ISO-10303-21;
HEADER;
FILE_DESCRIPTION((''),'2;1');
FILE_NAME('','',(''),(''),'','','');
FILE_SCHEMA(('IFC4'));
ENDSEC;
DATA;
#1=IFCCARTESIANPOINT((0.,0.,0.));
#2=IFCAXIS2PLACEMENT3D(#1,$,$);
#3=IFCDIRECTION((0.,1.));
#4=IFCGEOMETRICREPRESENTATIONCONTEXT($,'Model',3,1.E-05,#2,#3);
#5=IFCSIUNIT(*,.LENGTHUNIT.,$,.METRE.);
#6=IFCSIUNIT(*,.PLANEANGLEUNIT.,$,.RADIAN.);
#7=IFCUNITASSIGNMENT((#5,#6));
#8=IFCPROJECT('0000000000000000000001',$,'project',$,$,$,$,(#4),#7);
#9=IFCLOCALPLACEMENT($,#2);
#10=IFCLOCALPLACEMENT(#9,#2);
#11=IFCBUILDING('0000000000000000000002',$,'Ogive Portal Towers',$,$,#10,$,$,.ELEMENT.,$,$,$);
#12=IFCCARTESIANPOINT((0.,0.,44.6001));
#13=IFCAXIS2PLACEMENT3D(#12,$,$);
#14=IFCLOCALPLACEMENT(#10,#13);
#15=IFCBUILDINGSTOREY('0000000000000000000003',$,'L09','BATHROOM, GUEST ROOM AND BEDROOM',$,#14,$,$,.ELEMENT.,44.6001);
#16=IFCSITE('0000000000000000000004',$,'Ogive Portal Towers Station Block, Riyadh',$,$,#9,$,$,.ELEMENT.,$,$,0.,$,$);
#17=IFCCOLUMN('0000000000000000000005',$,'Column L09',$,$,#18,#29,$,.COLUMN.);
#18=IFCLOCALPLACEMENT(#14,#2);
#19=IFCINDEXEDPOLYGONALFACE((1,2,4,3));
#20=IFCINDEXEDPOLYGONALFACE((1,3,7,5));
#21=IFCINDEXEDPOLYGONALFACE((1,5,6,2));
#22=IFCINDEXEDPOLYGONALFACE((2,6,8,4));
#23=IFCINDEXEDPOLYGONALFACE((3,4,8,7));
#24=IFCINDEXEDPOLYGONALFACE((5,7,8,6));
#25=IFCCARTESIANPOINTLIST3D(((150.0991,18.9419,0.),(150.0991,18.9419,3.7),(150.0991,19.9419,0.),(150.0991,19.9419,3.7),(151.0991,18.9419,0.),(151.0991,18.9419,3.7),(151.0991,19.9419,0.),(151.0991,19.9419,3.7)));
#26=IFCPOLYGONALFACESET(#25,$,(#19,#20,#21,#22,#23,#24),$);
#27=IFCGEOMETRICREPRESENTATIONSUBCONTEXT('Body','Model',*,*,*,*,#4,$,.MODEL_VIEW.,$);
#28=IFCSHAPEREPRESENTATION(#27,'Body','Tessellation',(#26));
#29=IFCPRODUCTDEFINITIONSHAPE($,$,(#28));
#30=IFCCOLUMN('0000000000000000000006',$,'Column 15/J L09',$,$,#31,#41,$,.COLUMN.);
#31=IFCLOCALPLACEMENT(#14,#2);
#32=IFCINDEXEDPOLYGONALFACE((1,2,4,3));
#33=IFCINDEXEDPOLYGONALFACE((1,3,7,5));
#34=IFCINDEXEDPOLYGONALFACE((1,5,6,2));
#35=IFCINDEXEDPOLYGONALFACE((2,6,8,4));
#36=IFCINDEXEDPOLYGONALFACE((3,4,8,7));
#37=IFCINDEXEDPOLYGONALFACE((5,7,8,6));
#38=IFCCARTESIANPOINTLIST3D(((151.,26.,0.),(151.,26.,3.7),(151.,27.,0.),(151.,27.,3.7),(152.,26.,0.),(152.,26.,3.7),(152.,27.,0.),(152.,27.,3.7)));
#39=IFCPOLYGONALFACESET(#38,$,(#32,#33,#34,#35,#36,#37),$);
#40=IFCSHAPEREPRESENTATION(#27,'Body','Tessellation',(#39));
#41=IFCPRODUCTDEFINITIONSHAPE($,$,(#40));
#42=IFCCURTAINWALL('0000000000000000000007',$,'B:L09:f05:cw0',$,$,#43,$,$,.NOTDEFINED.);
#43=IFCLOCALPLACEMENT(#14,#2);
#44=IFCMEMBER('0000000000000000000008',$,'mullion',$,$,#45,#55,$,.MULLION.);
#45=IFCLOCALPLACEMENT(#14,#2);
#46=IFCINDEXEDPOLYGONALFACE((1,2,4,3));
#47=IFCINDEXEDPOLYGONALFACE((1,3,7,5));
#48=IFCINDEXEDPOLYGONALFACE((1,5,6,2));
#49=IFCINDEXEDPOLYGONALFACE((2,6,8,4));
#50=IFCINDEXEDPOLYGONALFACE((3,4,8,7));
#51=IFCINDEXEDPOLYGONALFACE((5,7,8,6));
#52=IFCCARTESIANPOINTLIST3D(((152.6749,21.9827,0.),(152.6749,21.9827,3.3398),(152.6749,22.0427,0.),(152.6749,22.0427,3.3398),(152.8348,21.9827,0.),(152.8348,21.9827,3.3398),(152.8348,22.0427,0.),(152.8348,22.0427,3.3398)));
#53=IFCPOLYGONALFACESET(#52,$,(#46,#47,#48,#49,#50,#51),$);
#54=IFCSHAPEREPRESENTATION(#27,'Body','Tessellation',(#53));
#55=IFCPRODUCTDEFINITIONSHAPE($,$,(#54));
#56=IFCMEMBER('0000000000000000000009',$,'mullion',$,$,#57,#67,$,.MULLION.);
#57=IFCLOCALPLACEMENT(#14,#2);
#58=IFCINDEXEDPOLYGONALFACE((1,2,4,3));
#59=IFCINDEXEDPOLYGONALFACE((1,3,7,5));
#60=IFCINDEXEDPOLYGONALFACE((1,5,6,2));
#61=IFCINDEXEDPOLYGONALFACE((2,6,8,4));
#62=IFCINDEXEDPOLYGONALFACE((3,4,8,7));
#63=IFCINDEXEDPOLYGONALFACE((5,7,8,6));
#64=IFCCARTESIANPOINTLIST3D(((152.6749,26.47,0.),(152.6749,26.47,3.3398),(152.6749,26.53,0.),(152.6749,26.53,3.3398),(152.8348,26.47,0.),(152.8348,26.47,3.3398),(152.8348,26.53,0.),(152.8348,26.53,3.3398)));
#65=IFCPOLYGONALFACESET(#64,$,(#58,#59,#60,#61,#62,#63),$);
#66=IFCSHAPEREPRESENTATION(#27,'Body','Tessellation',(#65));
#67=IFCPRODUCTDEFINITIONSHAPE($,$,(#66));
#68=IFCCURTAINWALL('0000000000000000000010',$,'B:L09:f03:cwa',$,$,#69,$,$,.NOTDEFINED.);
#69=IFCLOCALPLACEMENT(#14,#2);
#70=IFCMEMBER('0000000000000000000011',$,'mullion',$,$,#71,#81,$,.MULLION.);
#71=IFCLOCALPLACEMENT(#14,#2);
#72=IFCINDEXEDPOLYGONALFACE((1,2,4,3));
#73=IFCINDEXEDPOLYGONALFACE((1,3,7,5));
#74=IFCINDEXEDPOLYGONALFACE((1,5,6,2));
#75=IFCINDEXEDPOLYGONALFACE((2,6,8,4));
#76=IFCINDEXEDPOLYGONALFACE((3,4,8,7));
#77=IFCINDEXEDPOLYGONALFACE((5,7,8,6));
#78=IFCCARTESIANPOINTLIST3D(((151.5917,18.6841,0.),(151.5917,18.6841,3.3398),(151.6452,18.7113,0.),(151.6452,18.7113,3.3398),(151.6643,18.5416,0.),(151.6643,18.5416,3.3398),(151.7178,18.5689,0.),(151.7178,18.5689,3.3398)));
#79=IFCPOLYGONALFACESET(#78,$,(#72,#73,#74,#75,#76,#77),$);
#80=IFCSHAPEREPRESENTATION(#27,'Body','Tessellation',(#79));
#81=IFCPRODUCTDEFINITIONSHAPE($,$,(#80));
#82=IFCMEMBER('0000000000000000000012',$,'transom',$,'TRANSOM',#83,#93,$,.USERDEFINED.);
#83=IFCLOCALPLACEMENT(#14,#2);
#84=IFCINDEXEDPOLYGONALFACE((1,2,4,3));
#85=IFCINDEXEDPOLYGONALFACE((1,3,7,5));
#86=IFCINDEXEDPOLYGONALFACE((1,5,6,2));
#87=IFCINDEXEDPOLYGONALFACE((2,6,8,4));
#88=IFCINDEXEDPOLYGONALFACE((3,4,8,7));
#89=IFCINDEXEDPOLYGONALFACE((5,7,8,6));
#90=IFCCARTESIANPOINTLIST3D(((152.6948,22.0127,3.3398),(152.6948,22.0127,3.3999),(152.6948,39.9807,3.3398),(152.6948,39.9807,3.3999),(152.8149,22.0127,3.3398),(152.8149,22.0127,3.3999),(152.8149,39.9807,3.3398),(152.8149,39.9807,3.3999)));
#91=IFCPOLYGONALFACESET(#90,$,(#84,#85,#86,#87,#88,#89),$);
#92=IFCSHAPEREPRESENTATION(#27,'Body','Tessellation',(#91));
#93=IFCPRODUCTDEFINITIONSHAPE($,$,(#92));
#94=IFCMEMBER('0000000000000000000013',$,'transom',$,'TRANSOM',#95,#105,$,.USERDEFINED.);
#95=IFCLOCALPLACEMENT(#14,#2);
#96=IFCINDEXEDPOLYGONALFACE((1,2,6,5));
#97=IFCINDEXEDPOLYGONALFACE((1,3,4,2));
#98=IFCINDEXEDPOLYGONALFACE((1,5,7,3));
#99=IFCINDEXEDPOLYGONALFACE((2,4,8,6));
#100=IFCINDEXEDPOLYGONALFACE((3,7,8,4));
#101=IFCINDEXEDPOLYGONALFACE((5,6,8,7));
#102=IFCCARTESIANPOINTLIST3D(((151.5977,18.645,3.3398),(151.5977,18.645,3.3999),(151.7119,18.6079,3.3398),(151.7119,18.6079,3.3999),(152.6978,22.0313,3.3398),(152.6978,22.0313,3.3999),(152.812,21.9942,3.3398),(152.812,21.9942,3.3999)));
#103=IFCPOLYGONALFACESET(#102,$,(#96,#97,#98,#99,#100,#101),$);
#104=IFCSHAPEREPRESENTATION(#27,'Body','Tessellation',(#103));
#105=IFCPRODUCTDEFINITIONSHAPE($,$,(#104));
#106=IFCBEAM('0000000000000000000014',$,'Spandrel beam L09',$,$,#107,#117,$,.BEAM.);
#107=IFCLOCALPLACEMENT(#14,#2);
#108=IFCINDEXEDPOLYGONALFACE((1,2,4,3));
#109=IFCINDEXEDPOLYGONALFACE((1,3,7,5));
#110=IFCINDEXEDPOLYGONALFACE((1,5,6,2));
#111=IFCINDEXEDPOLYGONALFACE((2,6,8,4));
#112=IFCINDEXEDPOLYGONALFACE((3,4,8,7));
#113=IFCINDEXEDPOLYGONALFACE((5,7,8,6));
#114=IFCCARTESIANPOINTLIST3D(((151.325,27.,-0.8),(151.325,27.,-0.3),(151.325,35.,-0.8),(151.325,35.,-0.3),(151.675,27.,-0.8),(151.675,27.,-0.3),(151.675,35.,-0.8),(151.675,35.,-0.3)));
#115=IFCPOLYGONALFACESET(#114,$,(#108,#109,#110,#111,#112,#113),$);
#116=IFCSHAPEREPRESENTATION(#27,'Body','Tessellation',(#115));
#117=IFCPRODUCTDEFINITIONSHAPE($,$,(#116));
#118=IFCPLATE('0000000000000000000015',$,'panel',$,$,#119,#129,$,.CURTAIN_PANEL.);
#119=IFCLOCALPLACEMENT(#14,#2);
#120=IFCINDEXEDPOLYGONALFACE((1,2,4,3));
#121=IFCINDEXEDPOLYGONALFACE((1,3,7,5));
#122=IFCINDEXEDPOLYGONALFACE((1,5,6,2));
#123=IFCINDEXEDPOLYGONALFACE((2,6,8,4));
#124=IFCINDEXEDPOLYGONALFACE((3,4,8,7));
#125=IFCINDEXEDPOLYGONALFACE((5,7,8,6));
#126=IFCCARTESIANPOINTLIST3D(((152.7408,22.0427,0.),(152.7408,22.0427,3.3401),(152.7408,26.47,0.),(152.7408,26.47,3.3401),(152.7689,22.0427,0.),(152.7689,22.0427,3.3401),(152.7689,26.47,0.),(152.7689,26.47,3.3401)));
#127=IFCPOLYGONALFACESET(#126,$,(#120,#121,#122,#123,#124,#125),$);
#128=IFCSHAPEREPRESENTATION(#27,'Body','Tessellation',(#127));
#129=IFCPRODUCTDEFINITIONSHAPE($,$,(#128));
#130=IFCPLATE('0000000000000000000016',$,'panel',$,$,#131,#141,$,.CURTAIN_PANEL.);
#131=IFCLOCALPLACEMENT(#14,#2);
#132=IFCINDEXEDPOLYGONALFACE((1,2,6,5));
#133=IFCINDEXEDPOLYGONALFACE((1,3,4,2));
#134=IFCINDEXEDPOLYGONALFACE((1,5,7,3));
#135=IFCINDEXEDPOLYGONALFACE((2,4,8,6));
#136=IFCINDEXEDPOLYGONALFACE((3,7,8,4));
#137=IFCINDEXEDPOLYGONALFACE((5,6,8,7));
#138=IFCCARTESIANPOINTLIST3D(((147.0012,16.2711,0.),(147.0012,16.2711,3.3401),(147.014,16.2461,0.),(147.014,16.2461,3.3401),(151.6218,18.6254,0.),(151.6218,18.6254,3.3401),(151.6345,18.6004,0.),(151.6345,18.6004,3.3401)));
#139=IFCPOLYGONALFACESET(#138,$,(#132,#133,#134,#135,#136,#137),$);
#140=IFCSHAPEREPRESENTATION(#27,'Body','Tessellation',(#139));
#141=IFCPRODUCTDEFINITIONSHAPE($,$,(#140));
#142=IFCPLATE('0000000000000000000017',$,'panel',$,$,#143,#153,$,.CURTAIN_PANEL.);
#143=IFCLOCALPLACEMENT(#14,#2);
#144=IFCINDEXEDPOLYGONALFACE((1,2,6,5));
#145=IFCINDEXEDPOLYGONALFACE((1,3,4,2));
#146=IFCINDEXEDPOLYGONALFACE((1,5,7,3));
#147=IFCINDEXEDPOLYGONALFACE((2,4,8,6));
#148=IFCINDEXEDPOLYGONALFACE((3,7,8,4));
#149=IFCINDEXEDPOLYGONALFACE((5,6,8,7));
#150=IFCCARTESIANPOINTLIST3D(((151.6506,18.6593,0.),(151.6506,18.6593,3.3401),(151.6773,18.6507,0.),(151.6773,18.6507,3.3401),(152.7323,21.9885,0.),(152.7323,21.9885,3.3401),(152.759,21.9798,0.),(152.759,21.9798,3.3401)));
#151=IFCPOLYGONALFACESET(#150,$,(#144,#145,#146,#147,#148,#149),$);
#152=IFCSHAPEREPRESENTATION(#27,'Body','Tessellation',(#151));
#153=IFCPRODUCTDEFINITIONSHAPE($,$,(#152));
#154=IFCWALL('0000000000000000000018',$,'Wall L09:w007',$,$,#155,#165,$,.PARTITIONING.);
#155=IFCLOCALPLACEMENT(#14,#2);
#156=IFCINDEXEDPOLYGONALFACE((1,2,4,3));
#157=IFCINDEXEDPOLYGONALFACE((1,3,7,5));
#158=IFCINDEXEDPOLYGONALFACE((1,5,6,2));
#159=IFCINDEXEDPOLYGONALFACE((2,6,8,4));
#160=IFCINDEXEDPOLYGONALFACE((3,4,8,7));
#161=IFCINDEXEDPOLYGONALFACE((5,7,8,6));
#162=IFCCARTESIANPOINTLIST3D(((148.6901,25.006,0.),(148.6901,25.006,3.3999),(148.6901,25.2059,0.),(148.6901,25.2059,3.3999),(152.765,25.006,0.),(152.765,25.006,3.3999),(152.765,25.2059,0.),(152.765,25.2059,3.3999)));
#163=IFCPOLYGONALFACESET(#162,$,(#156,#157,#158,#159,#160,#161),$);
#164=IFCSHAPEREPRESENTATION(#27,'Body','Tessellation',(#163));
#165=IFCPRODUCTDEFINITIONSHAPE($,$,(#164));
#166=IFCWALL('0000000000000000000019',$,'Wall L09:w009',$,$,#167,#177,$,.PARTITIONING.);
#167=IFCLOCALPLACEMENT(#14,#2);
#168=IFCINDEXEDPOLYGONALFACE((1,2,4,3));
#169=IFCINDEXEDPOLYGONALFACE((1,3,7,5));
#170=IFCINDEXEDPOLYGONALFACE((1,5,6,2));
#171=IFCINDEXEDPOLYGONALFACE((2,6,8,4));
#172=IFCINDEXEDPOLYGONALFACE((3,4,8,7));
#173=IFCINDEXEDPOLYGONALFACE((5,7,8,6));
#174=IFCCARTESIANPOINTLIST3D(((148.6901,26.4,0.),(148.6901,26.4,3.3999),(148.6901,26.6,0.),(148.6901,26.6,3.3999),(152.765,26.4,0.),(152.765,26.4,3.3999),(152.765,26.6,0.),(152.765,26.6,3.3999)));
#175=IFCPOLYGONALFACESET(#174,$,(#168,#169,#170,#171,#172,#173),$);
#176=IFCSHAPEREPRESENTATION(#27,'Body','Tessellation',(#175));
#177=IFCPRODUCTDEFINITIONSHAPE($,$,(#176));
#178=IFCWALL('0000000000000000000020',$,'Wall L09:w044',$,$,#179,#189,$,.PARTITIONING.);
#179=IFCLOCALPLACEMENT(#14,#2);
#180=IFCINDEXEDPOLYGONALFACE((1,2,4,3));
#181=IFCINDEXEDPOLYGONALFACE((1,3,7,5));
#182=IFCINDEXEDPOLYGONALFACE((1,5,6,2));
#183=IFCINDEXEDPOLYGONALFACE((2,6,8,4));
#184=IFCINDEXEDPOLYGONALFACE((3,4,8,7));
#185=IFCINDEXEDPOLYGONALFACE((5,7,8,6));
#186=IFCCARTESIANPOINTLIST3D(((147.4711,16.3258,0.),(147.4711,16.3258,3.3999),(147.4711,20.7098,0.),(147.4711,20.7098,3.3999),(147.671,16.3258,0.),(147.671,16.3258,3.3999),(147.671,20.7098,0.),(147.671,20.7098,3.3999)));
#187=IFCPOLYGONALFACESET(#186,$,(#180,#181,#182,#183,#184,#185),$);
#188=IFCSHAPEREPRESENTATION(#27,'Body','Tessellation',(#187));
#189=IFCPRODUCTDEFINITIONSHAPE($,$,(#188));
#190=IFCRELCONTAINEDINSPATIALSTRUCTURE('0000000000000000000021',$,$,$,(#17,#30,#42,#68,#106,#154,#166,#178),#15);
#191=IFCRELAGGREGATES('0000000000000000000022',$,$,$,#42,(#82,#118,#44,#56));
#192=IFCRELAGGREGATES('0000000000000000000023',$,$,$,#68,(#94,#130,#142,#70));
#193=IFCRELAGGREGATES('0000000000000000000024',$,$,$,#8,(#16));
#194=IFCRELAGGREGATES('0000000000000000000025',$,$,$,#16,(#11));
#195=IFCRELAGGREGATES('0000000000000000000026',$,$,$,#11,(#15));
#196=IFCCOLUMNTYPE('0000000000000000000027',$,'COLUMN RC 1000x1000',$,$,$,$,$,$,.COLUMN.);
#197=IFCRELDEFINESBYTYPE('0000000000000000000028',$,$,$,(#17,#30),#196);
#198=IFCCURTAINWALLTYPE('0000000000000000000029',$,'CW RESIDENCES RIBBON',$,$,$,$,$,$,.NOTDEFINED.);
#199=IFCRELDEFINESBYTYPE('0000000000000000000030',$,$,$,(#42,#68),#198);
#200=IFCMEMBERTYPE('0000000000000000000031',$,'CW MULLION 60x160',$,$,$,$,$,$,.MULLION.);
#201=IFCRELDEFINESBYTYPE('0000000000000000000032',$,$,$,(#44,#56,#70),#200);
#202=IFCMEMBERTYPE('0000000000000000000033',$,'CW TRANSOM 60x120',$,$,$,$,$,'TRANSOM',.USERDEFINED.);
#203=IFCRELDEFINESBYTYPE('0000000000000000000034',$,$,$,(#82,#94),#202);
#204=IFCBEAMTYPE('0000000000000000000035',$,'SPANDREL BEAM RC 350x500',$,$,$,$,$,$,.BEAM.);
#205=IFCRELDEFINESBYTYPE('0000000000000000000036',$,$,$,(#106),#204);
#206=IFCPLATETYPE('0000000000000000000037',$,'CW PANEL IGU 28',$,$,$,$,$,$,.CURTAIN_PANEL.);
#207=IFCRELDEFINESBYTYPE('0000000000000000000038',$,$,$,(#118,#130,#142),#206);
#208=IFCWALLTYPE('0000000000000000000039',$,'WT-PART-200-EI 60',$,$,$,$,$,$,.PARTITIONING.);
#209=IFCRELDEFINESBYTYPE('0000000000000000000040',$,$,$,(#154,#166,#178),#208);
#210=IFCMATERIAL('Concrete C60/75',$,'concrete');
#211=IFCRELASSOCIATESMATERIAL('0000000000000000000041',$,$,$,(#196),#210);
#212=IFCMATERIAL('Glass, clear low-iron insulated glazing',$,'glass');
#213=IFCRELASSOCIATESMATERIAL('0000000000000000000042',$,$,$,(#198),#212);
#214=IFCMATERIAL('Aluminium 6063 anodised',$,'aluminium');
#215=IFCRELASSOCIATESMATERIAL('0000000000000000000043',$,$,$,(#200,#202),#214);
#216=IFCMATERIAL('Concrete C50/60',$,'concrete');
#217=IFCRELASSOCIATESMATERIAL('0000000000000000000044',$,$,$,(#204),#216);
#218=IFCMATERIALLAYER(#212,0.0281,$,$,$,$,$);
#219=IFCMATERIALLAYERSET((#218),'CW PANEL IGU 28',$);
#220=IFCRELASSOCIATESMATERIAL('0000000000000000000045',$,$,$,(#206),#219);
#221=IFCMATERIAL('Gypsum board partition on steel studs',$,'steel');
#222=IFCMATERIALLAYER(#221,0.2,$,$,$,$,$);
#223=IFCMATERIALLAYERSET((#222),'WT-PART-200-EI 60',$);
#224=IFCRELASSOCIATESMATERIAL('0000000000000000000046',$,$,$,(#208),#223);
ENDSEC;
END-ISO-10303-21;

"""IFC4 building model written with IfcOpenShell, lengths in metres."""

from ifc_helpers import new_model, si_unit, direction, frame, frame_2d, origin, origin_2d, place, context, subcontext, project, spatial, rectangle, extrude, material, layer, layer_set, material_profile, profile_set, type_object, element, aggregate, save


model = new_model("IFC4")

# Units and contexts
model_context = context("Model", 3, precision=1e-05, world=origin(), true_north=direction((0.0, 1.0)))
body_context = subcontext(model_context, "Body", "Model", "MODEL_VIEW")
ifc_project = project(units=[si_unit("LENGTHUNIT", "METRE"), si_unit("PLANEANGLEUNIT", "RADIAN")], contexts=[model_context])

# Site, building, storey
site_placement = place(None, origin())
site = spatial("IfcSite", under=ifc_project, at=site_placement, Name="Ogive Portal Towers Station Block, Riyadh", CompositionType="ELEMENT", RefElevation=0.0)
building_placement = place(site_placement, origin())
building = spatial("IfcBuilding", under=site, at=building_placement, Name="Ogive Portal Towers", CompositionType="ELEMENT")
storey_placement = place(building_placement, frame((0.0, 0.0, 44.6001)))
storey = spatial("IfcBuildingStorey", under=building, at=storey_placement, Name="L09", Description="BATHROOM, GUEST ROOM AND BEDROOM", CompositionType="ELEMENT", Elevation=44.6001)

# Columns
ifc_material_1 = material(Name="Concrete C60/75", Category="concrete")
ifc_material_profile_1 = material_profile(ifc_material_1, rectangle(XDim=1.0, YDim=1.0, at=origin_2d()), Name="RC 1000x1000")
ifc_profile_set_1 = profile_set([ifc_material_profile_1], Name="Concrete C60/75")
column_type = type_object("IfcColumnType", Name="COLUMN RC 1000x1000", PredefinedType="COLUMN", material=ifc_profile_set_1)
for number, where, z_axis, x_axis, name in (
    (1, (150.5991, 19.4419, 0.0), (0.0, 0.0, 1.0), (1.0, 0.0, 0.0), "Column L09"),
    (2, (151.5, 26.5, 0.0), (0.0, 0.0, 1.0), (1.0, 0.0, 0.0), "Column 15/J L09"),
):
    element("IfcColumn", number, at=place(storey_placement, frame(where, z_axis=z_axis, x_axis=x_axis)), inside=storey, type_object=column_type, Name=name, PredefinedType="COLUMN", context=body_context, shape_type="SweptSolid", body=[
        extrude(rectangle(XDim=1.0, YDim=1.0, at=origin_2d()), origin(), (0.0, 0.0, 1.0), 3.7),
    ])

# Curtain wall, members
ifc_material_2 = material(Name="Glass, clear low-iron insulated glazing", Category="glass")
curtain_wall_type = type_object("IfcCurtainWallType", Name="CW RESIDENCES RIBBON", PredefinedType="NOTDEFINED", material=ifc_material_2)
curtain_wall_1_placement = place(storey_placement, origin())
curtain_wall_1 = element("IfcCurtainWall", 3, at=curtain_wall_1_placement, inside=storey, type_object=curtain_wall_type, Name="B:L09:f05:cw0", PredefinedType="NOTDEFINED")
ifc_material_3 = material(Name="Aluminium 6063 anodised", Category="aluminium")
ifc_material_profile_2 = material_profile(ifc_material_3, rectangle(XDim=0.1599, YDim=0.0601, at=origin_2d()), Name="AL 60x160")
ifc_profile_set_2 = profile_set([ifc_material_profile_2], Name="Aluminium 6063 anodised")
member_type_1 = type_object("IfcMemberType", Name="CW MULLION 60x160", PredefinedType="MULLION", material=ifc_profile_set_2)
member_1_placement = place(storey_placement, frame((152.7549, 22.0127, 0.0), z_axis=(0.0, 0.0, 1.0), x_axis=(-1.0, 0.0, 0.0)))
member_1 = element("IfcMember", 4, at=member_1_placement, type_object=member_type_1, Name="mullion", PredefinedType="MULLION", context=body_context, shape_type="SweptSolid", body=[
    extrude(rectangle(XDim=0.1599, YDim=0.0601, at=origin_2d()), origin(), (0.0, 0.0, 1.0), 3.3398),
])
member_2_placement = place(storey_placement, frame((152.7549, 26.5, 0.0), z_axis=(0.0, 0.0, 1.0), x_axis=(-1.0, 0.0, 0.0)))
member_2 = element("IfcMember", 5, at=member_2_placement, type_object=member_type_1, Name="mullion", PredefinedType="MULLION", context=body_context, shape_type="SweptSolid", body=[
    extrude(rectangle(XDim=0.1599, YDim=0.0601, at=origin_2d()), origin(), (0.0, 0.0, 1.0), 3.3398),
])

# Curtain wall, member
curtain_wall_2_placement = place(storey_placement, origin())
curtain_wall_2 = element("IfcCurtainWall", 6, at=curtain_wall_2_placement, inside=storey, type_object=curtain_wall_type, Name="B:L09:f03:cwa", PredefinedType="NOTDEFINED")
member_3_placement = place(storey_placement, frame((151.6548, 18.6265, 0.0), z_axis=(0.0, 0.0, 1.0), x_axis=(-0.45399, 0.891007, 0.0)))
member_3 = element("IfcMember", 7, at=member_3_placement, type_object=member_type_1, Name="mullion", PredefinedType="MULLION", context=body_context, shape_type="SweptSolid", body=[
    extrude(rectangle(XDim=0.1599, YDim=0.0601, at=origin_2d()), origin(), (0.0, 0.0, 1.0), 3.3398),
])

# Members
ifc_material_profile_3 = material_profile(ifc_material_3, rectangle(XDim=0.1201, YDim=0.0601, at=origin_2d()), Name="AL 120x60")
ifc_profile_set_3 = profile_set([ifc_material_profile_3], Name="Aluminium 6063 anodised")
member_type_2 = type_object("IfcMemberType", Name="CW TRANSOM 60x120", ElementType="TRANSOM", PredefinedType="USERDEFINED", material=ifc_profile_set_3)
member_4_placement = place(storey_placement, frame((152.7549, 22.0127, 3.3699), z_axis=(0.0, 1.0, 0.0), x_axis=(-1.0, 0.0, 0.0)))
member_4 = element("IfcMember", 8, at=member_4_placement, type_object=member_type_2, Name="transom", ObjectType="TRANSOM", PredefinedType="USERDEFINED", context=body_context, shape_type="SweptSolid", body=[
    extrude(rectangle(XDim=0.1201, YDim=0.0601, at=origin_2d()), origin(), (0.0, 0.0, 1.0), 17.968),
])
member_5_placement = place(storey_placement, frame((151.6548, 18.6265, 3.3699), z_axis=(0.308978, 0.951069, 0.0), x_axis=(-0.951069, 0.308978, 0.0)))
member_5 = element("IfcMember", 9, at=member_5_placement, type_object=member_type_2, Name="transom", ObjectType="TRANSOM", PredefinedType="USERDEFINED", context=body_context, shape_type="SweptSolid", body=[
    extrude(rectangle(XDim=0.1201, YDim=0.0601, at=origin_2d()), origin(), (0.0, 0.0, 1.0), 3.5605),
])

# Beam
ifc_material_4 = material(Name="Concrete C50/60", Category="concrete")
ifc_material_profile_4 = material_profile(ifc_material_4, rectangle(XDim=0.3501, YDim=0.5, at=origin_2d()), Name="RC 350x500")
ifc_profile_set_4 = profile_set([ifc_material_profile_4], Name="Concrete C50/60")
beam_type = type_object("IfcBeamType", Name="SPANDREL BEAM RC 350x500", PredefinedType="BEAM", material=ifc_profile_set_4)
beam_placement = place(storey_placement, frame((151.5, 27.0, -0.55), z_axis=(0.0, 1.0, 0.0), x_axis=(-1.0, 0.0, 0.0)))
element("IfcBeam", 10, at=beam_placement, inside=storey, type_object=beam_type, Name="Spandrel beam L09", PredefinedType="BEAM", context=body_context, shape_type="SweptSolid", body=[
    extrude(rectangle(XDim=0.3501, YDim=0.5, at=origin_2d()), origin(), (0.0, 0.0, 1.0), 8.0),
])

# Plates
ifc_layer_1 = layer(ifc_material_2, 0.0281)
ifc_layer_set_1 = layer_set([ifc_layer_1], Name="CW PANEL IGU 28")
plate_type = type_object("IfcPlateType", Name="CW PANEL IGU 28", PredefinedType="CURTAIN_PANEL", material=ifc_layer_set_1)
plate_1_placement = place(storey_placement, frame((152.7549, 24.2563, 0.0), z_axis=(0.0, 0.0, 1.0), x_axis=(0.0, 1.0, 0.0)))
plate_1 = element("IfcPlate", 11, at=plate_1_placement, type_object=plate_type, Name="panel", PredefinedType="CURTAIN_PANEL", context=body_context, shape_type="SweptSolid", body=[
    extrude(rectangle(XDim=4.4272, YDim=0.0281, at=origin_2d()), origin(), (0.0, 0.0, 1.0), 3.3401),
])
aggregate(curtain_wall_1, [member_4, plate_1, member_1, member_2])
plate_2_placement = place(storey_placement, frame((149.3179, 17.4358, 0.0), z_axis=(0.0, 0.0, 1.0), x_axis=(0.891007, 0.45399, 0.0)))
plate_2 = element("IfcPlate", 12, at=plate_2_placement, type_object=plate_type, Name="panel", PredefinedType="CURTAIN_PANEL", context=body_context, shape_type="SweptSolid", body=[
    extrude(rectangle(XDim=5.1858, YDim=0.0281, at=origin_2d()), origin(), (0.0, 0.0, 1.0), 3.3401),
])
plate_3_placement = place(storey_placement, frame((152.2048, 20.3196, 0.0), z_axis=(0.0, 0.0, 1.0), x_axis=(0.309017, 0.951057, 0.0)))
plate_3 = element("IfcPlate", 13, at=plate_3_placement, type_object=plate_type, Name="panel", PredefinedType="CURTAIN_PANEL", context=body_context, shape_type="SweptSolid", body=[
    extrude(rectangle(XDim=3.5005, YDim=0.0281, at=origin_2d()), origin(), (0.0, 0.0, 1.0), 3.3401),
])
aggregate(curtain_wall_2, [member_5, plate_2, plate_3, member_3])

# Walls
ifc_material_5 = material(Name="Gypsum board partition on steel studs", Category="steel")
ifc_layer_2 = layer(ifc_material_5, 0.2)
ifc_layer_set_2 = layer_set([ifc_layer_2], Name="WT-PART-200-EI 60")
wall_type = type_object("IfcWallType", Name="WT-PART-200-EI 60", PredefinedType="PARTITIONING", material=ifc_layer_set_2)
for number, where, z_axis, x_axis, name in (
    (14, (148.6899, 25.106, 0.0), (0.0, 0.0, 1.0), (1.0, 0.0, 0.0), "Wall L09:w007"),
    (15, (148.6899, 26.5, 0.0), (0.0, 0.0, 1.0), (1.0, 0.0, 0.0), "Wall L09:w009"),
):
    element("IfcWall", number, at=place(storey_placement, frame(where, z_axis=z_axis, x_axis=x_axis)), inside=storey, type_object=wall_type, Name=name, PredefinedType="PARTITIONING", context=body_context, shape_type="SweptSolid", body=[
        extrude(rectangle(XDim=4.075, YDim=0.2, at=frame_2d((2.0376, 0.0))), origin(), (0.0, 0.0, 1.0), 3.3999),
    ])
wall_1_placement = place(storey_placement, frame((147.571, 16.3259, 0.0), z_axis=(0.0, 0.0, 1.0), x_axis=(0.0, 1.0, 0.0)))
element("IfcWall", 16, at=wall_1_placement, inside=storey, type_object=wall_type, Name="Wall L09:w044", PredefinedType="PARTITIONING", context=body_context, shape_type="SweptSolid", body=[
    extrude(rectangle(XDim=4.384, YDim=0.2, at=frame_2d((2.1919, 0.0))), origin(), (0.0, 0.0, 1.0), 3.3999),
])

save(model, "model.ifc")
